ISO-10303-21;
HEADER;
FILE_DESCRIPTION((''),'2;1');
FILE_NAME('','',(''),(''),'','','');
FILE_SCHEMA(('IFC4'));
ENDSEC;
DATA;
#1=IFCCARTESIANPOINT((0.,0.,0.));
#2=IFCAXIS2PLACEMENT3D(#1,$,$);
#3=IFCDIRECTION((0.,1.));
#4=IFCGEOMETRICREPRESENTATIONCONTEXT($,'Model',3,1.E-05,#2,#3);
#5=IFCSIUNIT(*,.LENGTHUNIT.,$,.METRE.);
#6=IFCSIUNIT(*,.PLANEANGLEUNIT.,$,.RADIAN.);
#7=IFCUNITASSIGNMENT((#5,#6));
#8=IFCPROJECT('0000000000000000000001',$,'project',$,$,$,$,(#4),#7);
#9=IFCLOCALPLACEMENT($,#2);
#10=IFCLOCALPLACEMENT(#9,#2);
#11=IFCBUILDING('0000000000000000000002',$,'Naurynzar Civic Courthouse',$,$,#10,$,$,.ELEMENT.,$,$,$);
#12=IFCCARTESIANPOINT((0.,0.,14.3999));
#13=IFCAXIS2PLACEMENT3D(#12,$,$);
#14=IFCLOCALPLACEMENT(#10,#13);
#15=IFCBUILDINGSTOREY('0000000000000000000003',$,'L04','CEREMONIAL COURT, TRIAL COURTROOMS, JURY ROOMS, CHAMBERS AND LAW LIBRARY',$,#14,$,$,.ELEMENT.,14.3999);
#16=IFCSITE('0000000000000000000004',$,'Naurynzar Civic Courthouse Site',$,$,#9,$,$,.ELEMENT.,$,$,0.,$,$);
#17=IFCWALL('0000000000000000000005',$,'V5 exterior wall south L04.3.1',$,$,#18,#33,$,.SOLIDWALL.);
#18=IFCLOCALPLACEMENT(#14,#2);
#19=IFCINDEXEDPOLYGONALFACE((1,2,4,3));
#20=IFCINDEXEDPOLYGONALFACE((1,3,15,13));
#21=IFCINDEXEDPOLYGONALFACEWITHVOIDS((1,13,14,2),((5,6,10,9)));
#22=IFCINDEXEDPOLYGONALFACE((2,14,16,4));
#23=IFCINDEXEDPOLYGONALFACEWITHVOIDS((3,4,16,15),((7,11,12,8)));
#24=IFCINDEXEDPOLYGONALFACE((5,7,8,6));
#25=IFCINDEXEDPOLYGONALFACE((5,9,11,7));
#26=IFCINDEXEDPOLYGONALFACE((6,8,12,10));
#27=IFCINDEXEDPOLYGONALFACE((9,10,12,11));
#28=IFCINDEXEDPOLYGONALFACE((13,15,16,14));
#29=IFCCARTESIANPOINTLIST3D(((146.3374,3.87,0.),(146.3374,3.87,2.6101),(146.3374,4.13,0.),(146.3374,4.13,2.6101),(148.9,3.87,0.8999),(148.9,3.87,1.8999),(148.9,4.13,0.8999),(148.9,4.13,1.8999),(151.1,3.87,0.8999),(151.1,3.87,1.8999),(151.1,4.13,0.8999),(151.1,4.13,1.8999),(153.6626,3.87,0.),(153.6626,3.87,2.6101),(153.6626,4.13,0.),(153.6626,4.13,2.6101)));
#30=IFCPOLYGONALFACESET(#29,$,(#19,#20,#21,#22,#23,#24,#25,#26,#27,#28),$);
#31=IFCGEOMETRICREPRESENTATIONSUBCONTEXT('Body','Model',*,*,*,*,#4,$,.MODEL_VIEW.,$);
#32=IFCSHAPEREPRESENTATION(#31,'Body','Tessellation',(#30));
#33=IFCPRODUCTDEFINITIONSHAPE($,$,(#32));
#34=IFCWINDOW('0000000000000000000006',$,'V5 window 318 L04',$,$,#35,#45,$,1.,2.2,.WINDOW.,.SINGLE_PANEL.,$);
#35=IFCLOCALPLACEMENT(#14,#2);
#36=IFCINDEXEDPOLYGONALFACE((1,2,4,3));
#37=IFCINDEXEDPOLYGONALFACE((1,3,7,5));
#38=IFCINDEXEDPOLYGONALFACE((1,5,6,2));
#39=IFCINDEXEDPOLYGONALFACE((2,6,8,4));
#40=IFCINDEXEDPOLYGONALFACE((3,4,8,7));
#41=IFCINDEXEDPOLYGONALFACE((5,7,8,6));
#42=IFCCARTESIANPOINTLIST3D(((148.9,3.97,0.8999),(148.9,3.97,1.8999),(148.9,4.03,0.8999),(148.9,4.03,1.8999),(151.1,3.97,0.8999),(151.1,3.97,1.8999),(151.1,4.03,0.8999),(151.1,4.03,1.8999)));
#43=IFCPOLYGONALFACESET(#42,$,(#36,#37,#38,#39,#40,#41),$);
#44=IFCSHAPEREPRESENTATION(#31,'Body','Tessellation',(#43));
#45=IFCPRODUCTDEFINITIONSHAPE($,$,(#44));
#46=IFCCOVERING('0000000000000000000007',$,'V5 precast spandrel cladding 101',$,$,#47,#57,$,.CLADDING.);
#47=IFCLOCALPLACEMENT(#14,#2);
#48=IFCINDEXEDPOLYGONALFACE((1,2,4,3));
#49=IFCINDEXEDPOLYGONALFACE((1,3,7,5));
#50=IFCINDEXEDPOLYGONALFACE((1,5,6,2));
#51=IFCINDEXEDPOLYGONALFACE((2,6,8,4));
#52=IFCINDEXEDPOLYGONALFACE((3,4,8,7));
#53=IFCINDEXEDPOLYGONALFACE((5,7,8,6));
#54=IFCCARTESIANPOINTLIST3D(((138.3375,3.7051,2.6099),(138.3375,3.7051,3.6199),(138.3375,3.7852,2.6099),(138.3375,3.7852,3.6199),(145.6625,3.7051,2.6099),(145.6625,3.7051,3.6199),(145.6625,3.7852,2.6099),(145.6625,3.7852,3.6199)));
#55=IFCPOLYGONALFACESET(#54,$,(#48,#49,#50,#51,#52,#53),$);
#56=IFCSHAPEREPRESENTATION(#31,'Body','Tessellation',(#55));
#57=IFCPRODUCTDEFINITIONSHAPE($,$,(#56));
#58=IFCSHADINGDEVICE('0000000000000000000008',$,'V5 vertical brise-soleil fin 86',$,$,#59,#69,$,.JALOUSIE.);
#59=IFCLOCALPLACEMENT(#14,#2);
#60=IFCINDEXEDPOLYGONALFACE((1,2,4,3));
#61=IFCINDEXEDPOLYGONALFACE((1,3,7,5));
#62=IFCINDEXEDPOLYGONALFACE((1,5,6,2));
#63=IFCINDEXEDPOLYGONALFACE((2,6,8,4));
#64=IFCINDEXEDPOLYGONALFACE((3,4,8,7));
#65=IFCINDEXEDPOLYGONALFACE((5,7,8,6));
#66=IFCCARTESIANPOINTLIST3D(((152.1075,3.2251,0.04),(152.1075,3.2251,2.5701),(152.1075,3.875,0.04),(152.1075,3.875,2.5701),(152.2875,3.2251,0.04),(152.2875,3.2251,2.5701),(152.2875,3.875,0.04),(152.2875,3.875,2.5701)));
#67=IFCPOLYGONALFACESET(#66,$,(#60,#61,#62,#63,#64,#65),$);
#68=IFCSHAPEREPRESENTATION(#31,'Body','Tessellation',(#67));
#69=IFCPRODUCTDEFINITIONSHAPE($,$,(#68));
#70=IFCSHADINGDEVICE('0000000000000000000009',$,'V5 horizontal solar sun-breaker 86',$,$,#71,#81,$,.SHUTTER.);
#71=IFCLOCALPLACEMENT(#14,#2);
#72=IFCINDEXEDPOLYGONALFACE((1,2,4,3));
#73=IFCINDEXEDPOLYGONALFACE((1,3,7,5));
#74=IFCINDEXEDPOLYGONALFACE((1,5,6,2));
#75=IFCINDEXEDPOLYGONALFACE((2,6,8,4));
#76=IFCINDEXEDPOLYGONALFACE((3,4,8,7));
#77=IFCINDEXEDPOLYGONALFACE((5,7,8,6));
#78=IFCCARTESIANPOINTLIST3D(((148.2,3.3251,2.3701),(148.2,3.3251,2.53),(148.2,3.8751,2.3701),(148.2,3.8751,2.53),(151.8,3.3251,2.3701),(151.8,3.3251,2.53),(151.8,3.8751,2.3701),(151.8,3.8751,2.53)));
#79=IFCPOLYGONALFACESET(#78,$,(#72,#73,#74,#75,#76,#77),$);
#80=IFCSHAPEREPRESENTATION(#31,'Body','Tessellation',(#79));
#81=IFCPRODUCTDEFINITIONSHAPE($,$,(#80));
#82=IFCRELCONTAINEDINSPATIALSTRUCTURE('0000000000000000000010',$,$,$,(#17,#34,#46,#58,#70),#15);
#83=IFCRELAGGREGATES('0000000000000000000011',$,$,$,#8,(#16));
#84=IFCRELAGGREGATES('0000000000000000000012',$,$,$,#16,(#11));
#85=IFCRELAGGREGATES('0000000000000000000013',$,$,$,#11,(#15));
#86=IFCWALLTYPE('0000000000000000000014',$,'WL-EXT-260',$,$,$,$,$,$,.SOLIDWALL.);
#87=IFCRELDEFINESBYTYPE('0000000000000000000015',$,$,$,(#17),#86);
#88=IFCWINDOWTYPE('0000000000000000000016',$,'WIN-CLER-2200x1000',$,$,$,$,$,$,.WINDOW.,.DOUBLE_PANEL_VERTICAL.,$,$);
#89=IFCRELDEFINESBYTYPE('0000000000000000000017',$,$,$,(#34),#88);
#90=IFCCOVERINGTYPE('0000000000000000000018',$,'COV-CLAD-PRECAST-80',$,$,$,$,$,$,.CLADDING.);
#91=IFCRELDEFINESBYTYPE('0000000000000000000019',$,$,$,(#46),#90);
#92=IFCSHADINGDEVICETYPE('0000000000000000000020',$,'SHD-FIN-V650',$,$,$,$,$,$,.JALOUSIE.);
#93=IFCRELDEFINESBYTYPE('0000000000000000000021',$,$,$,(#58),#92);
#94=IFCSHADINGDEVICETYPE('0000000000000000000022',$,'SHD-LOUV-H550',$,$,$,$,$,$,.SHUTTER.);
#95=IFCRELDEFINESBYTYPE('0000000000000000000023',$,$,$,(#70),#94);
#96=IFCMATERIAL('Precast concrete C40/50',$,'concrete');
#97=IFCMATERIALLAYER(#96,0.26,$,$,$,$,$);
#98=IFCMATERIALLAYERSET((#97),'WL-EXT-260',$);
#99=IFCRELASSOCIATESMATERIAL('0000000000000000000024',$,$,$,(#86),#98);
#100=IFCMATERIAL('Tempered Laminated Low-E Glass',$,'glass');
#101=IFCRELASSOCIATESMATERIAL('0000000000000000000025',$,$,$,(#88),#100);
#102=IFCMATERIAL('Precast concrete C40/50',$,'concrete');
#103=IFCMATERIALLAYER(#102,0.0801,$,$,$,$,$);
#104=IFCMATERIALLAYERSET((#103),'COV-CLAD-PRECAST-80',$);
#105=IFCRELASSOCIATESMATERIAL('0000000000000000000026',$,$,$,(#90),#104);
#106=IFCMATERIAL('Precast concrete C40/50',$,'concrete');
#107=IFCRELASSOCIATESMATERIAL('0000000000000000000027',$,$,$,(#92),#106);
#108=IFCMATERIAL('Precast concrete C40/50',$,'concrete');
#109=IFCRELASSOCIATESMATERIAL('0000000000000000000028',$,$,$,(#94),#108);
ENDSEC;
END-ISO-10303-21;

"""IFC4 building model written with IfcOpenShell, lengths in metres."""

from ifc_helpers import new_model, si_unit, direction, frame, frame_2d, origin, origin_2d, place, context, subcontext, project, spatial, rectangle, extrude, material, layer, layer_set, type_object, element, fill, save


model = new_model("IFC4")

# Units and contexts
model_context = context("Model", 3, precision=1e-05, world=origin(), true_north=direction((0.0, 1.0)))
body_context = subcontext(model_context, "Body", "Model", "MODEL_VIEW")
ifc_project = project(units=[si_unit("LENGTHUNIT", "METRE"), si_unit("PLANEANGLEUNIT", "RADIAN")], contexts=[model_context])

# Site, building, storey
site_placement = place(None, origin())
site = spatial("IfcSite", under=ifc_project, at=site_placement, Name="Naurynzar Civic Courthouse Site", CompositionType="ELEMENT", RefElevation=0.0)
building_placement = place(site_placement, origin())
building = spatial("IfcBuilding", under=site, at=building_placement, Name="Naurynzar Civic Courthouse", CompositionType="ELEMENT")
storey_placement = place(building_placement, frame((0.0, 0.0, 14.3999)))
storey = spatial("IfcBuildingStorey", under=building, at=storey_placement, Name="L04", Description="CEREMONIAL COURT, TRIAL COURTROOMS, JURY ROOMS, CHAMBERS AND LAW LIBRARY", CompositionType="ELEMENT", Elevation=14.3999)

# Wall, opening, window
ifc_material_1 = material(Name="Precast concrete C40/50", Category="concrete")
ifc_layer_1 = layer(ifc_material_1, 0.26)
ifc_layer_set_1 = layer_set([ifc_layer_1], Name="WL-EXT-260")
wall_type_1 = type_object("IfcWallType", Name="WL-EXT-260", PredefinedType="SOLIDWALL", material=ifc_layer_set_1)
wall_1_placement = place(storey_placement, frame((153.6626, 4.0, 0.0), z_axis=(0.0, 0.0, 1.0), x_axis=(-1.0, 0.0, 0.0)))
wall_1 = element("IfcWall", 1, at=wall_1_placement, inside=storey, type_object=wall_type_1, Name="V5 exterior wall south L04.3.1", PredefinedType="SOLIDWALL", context=body_context, shape_type="SweptSolid", body=[
    extrude(rectangle(XDim=7.3252, YDim=0.26, at=frame_2d((3.6626, 0.0))), origin(), (0.0, 0.0, 1.0), 2.6101),
])
opening_placement = place(wall_1_placement, frame((2.5625, 0.0, 0.8999)))
opening = element("IfcOpeningElement", 2, at=opening_placement, cuts=wall_1, PredefinedType="OPENING", context=body_context, shape_type="SweptSolid", body=[
    extrude(rectangle(XDim=2.2, YDim=1.0, at=frame_2d((1.1001, 0.5))), frame((0.0, 0.1399, 0.0), z_axis=(0.0, -1.0, 0.0), x_axis=(1.0, 0.0, 0.0)), (0.0, 0.0, 1.0), 0.28),
])
ifc_material_2 = material(Name="Tempered Laminated Low-E Glass", Category="glass")
window_type = type_object("IfcWindowType", Name="WIN-CLER-2200x1000", PartitioningType="DOUBLE_PANEL_VERTICAL", PredefinedType="WINDOW", material=ifc_material_2)
window_placement = place(opening_placement, origin())
window = element("IfcWindow", 3, at=window_placement, inside=storey, type_object=window_type, Name="V5 window 318 L04", OverallHeight=1.0, OverallWidth=2.2, PartitioningType="SINGLE_PANEL", PredefinedType="WINDOW", context=body_context, shape_type="SweptSolid", body=[
    extrude(rectangle(XDim=2.2, YDim=1.0, at=frame_2d((1.1001, 0.5))), frame((0.0, 0.03, 0.0), z_axis=(0.0, -1.0, 0.0), x_axis=(1.0, 0.0, 0.0)), (0.0, 0.0, 1.0), 0.0601),
])
fill(opening, window)

# Covering
ifc_material_3 = material(Name="Precast concrete C40/50", Category="concrete")
ifc_layer_2 = layer(ifc_material_3, 0.0801)
ifc_layer_set_2 = layer_set([ifc_layer_2], Name="COV-CLAD-PRECAST-80")
covering_type = type_object("IfcCoveringType", Name="COV-CLAD-PRECAST-80", PredefinedType="CLADDING", material=ifc_layer_set_2)
covering_placement = place(storey_placement, frame((142.0, 3.7451, 2.6099), z_axis=(0.0, 0.0, 1.0), x_axis=(-1.0, 0.0, 0.0)))
element("IfcCovering", 4, at=covering_placement, inside=storey, type_object=covering_type, Name="V5 precast spandrel cladding 101", PredefinedType="CLADDING", context=body_context, shape_type="SweptSolid", body=[
    extrude(rectangle(XDim=7.325, YDim=0.0801, at=origin_2d()), origin(), (0.0, 0.0, 1.0), 1.01),
])

# Shading devices
ifc_material_4 = material(Name="Precast concrete C40/50", Category="concrete")
shading_device_type_1 = type_object("IfcShadingDeviceType", Name="SHD-FIN-V650", PredefinedType="JALOUSIE", material=ifc_material_4)
shading_device_1_placement = place(storey_placement, frame((152.1975, 3.55, 0.04), z_axis=(0.0, 0.0, 1.0), x_axis=(-1.0, 0.0, 0.0)))
element("IfcShadingDevice", 5, at=shading_device_1_placement, inside=storey, type_object=shading_device_type_1, Name="V5 vertical brise-soleil fin 86", PredefinedType="JALOUSIE", context=body_context, shape_type="SweptSolid", body=[
    extrude(rectangle(XDim=0.1799, YDim=0.6499, at=origin_2d()), origin(), (0.0, 0.0, 1.0), 2.53),
])
ifc_material_5 = material(Name="Precast concrete C40/50", Category="concrete")
shading_device_type_2 = type_object("IfcShadingDeviceType", Name="SHD-LOUV-H550", PredefinedType="SHUTTER", material=ifc_material_5)
shading_device_2_placement = place(storey_placement, frame((150.0, 3.6001, 2.3701), z_axis=(0.0, 0.0, 1.0), x_axis=(-1.0, 0.0, 0.0)))
element("IfcShadingDevice", 6, at=shading_device_2_placement, inside=storey, type_object=shading_device_type_2, Name="V5 horizontal solar sun-breaker 86", PredefinedType="SHUTTER", context=body_context, shape_type="SweptSolid", body=[
    extrude(rectangle(XDim=3.6001, YDim=0.55, at=origin_2d()), origin(), (0.0, 0.0, 1.0), 0.1599),
])

save(model, "model.ifc")
